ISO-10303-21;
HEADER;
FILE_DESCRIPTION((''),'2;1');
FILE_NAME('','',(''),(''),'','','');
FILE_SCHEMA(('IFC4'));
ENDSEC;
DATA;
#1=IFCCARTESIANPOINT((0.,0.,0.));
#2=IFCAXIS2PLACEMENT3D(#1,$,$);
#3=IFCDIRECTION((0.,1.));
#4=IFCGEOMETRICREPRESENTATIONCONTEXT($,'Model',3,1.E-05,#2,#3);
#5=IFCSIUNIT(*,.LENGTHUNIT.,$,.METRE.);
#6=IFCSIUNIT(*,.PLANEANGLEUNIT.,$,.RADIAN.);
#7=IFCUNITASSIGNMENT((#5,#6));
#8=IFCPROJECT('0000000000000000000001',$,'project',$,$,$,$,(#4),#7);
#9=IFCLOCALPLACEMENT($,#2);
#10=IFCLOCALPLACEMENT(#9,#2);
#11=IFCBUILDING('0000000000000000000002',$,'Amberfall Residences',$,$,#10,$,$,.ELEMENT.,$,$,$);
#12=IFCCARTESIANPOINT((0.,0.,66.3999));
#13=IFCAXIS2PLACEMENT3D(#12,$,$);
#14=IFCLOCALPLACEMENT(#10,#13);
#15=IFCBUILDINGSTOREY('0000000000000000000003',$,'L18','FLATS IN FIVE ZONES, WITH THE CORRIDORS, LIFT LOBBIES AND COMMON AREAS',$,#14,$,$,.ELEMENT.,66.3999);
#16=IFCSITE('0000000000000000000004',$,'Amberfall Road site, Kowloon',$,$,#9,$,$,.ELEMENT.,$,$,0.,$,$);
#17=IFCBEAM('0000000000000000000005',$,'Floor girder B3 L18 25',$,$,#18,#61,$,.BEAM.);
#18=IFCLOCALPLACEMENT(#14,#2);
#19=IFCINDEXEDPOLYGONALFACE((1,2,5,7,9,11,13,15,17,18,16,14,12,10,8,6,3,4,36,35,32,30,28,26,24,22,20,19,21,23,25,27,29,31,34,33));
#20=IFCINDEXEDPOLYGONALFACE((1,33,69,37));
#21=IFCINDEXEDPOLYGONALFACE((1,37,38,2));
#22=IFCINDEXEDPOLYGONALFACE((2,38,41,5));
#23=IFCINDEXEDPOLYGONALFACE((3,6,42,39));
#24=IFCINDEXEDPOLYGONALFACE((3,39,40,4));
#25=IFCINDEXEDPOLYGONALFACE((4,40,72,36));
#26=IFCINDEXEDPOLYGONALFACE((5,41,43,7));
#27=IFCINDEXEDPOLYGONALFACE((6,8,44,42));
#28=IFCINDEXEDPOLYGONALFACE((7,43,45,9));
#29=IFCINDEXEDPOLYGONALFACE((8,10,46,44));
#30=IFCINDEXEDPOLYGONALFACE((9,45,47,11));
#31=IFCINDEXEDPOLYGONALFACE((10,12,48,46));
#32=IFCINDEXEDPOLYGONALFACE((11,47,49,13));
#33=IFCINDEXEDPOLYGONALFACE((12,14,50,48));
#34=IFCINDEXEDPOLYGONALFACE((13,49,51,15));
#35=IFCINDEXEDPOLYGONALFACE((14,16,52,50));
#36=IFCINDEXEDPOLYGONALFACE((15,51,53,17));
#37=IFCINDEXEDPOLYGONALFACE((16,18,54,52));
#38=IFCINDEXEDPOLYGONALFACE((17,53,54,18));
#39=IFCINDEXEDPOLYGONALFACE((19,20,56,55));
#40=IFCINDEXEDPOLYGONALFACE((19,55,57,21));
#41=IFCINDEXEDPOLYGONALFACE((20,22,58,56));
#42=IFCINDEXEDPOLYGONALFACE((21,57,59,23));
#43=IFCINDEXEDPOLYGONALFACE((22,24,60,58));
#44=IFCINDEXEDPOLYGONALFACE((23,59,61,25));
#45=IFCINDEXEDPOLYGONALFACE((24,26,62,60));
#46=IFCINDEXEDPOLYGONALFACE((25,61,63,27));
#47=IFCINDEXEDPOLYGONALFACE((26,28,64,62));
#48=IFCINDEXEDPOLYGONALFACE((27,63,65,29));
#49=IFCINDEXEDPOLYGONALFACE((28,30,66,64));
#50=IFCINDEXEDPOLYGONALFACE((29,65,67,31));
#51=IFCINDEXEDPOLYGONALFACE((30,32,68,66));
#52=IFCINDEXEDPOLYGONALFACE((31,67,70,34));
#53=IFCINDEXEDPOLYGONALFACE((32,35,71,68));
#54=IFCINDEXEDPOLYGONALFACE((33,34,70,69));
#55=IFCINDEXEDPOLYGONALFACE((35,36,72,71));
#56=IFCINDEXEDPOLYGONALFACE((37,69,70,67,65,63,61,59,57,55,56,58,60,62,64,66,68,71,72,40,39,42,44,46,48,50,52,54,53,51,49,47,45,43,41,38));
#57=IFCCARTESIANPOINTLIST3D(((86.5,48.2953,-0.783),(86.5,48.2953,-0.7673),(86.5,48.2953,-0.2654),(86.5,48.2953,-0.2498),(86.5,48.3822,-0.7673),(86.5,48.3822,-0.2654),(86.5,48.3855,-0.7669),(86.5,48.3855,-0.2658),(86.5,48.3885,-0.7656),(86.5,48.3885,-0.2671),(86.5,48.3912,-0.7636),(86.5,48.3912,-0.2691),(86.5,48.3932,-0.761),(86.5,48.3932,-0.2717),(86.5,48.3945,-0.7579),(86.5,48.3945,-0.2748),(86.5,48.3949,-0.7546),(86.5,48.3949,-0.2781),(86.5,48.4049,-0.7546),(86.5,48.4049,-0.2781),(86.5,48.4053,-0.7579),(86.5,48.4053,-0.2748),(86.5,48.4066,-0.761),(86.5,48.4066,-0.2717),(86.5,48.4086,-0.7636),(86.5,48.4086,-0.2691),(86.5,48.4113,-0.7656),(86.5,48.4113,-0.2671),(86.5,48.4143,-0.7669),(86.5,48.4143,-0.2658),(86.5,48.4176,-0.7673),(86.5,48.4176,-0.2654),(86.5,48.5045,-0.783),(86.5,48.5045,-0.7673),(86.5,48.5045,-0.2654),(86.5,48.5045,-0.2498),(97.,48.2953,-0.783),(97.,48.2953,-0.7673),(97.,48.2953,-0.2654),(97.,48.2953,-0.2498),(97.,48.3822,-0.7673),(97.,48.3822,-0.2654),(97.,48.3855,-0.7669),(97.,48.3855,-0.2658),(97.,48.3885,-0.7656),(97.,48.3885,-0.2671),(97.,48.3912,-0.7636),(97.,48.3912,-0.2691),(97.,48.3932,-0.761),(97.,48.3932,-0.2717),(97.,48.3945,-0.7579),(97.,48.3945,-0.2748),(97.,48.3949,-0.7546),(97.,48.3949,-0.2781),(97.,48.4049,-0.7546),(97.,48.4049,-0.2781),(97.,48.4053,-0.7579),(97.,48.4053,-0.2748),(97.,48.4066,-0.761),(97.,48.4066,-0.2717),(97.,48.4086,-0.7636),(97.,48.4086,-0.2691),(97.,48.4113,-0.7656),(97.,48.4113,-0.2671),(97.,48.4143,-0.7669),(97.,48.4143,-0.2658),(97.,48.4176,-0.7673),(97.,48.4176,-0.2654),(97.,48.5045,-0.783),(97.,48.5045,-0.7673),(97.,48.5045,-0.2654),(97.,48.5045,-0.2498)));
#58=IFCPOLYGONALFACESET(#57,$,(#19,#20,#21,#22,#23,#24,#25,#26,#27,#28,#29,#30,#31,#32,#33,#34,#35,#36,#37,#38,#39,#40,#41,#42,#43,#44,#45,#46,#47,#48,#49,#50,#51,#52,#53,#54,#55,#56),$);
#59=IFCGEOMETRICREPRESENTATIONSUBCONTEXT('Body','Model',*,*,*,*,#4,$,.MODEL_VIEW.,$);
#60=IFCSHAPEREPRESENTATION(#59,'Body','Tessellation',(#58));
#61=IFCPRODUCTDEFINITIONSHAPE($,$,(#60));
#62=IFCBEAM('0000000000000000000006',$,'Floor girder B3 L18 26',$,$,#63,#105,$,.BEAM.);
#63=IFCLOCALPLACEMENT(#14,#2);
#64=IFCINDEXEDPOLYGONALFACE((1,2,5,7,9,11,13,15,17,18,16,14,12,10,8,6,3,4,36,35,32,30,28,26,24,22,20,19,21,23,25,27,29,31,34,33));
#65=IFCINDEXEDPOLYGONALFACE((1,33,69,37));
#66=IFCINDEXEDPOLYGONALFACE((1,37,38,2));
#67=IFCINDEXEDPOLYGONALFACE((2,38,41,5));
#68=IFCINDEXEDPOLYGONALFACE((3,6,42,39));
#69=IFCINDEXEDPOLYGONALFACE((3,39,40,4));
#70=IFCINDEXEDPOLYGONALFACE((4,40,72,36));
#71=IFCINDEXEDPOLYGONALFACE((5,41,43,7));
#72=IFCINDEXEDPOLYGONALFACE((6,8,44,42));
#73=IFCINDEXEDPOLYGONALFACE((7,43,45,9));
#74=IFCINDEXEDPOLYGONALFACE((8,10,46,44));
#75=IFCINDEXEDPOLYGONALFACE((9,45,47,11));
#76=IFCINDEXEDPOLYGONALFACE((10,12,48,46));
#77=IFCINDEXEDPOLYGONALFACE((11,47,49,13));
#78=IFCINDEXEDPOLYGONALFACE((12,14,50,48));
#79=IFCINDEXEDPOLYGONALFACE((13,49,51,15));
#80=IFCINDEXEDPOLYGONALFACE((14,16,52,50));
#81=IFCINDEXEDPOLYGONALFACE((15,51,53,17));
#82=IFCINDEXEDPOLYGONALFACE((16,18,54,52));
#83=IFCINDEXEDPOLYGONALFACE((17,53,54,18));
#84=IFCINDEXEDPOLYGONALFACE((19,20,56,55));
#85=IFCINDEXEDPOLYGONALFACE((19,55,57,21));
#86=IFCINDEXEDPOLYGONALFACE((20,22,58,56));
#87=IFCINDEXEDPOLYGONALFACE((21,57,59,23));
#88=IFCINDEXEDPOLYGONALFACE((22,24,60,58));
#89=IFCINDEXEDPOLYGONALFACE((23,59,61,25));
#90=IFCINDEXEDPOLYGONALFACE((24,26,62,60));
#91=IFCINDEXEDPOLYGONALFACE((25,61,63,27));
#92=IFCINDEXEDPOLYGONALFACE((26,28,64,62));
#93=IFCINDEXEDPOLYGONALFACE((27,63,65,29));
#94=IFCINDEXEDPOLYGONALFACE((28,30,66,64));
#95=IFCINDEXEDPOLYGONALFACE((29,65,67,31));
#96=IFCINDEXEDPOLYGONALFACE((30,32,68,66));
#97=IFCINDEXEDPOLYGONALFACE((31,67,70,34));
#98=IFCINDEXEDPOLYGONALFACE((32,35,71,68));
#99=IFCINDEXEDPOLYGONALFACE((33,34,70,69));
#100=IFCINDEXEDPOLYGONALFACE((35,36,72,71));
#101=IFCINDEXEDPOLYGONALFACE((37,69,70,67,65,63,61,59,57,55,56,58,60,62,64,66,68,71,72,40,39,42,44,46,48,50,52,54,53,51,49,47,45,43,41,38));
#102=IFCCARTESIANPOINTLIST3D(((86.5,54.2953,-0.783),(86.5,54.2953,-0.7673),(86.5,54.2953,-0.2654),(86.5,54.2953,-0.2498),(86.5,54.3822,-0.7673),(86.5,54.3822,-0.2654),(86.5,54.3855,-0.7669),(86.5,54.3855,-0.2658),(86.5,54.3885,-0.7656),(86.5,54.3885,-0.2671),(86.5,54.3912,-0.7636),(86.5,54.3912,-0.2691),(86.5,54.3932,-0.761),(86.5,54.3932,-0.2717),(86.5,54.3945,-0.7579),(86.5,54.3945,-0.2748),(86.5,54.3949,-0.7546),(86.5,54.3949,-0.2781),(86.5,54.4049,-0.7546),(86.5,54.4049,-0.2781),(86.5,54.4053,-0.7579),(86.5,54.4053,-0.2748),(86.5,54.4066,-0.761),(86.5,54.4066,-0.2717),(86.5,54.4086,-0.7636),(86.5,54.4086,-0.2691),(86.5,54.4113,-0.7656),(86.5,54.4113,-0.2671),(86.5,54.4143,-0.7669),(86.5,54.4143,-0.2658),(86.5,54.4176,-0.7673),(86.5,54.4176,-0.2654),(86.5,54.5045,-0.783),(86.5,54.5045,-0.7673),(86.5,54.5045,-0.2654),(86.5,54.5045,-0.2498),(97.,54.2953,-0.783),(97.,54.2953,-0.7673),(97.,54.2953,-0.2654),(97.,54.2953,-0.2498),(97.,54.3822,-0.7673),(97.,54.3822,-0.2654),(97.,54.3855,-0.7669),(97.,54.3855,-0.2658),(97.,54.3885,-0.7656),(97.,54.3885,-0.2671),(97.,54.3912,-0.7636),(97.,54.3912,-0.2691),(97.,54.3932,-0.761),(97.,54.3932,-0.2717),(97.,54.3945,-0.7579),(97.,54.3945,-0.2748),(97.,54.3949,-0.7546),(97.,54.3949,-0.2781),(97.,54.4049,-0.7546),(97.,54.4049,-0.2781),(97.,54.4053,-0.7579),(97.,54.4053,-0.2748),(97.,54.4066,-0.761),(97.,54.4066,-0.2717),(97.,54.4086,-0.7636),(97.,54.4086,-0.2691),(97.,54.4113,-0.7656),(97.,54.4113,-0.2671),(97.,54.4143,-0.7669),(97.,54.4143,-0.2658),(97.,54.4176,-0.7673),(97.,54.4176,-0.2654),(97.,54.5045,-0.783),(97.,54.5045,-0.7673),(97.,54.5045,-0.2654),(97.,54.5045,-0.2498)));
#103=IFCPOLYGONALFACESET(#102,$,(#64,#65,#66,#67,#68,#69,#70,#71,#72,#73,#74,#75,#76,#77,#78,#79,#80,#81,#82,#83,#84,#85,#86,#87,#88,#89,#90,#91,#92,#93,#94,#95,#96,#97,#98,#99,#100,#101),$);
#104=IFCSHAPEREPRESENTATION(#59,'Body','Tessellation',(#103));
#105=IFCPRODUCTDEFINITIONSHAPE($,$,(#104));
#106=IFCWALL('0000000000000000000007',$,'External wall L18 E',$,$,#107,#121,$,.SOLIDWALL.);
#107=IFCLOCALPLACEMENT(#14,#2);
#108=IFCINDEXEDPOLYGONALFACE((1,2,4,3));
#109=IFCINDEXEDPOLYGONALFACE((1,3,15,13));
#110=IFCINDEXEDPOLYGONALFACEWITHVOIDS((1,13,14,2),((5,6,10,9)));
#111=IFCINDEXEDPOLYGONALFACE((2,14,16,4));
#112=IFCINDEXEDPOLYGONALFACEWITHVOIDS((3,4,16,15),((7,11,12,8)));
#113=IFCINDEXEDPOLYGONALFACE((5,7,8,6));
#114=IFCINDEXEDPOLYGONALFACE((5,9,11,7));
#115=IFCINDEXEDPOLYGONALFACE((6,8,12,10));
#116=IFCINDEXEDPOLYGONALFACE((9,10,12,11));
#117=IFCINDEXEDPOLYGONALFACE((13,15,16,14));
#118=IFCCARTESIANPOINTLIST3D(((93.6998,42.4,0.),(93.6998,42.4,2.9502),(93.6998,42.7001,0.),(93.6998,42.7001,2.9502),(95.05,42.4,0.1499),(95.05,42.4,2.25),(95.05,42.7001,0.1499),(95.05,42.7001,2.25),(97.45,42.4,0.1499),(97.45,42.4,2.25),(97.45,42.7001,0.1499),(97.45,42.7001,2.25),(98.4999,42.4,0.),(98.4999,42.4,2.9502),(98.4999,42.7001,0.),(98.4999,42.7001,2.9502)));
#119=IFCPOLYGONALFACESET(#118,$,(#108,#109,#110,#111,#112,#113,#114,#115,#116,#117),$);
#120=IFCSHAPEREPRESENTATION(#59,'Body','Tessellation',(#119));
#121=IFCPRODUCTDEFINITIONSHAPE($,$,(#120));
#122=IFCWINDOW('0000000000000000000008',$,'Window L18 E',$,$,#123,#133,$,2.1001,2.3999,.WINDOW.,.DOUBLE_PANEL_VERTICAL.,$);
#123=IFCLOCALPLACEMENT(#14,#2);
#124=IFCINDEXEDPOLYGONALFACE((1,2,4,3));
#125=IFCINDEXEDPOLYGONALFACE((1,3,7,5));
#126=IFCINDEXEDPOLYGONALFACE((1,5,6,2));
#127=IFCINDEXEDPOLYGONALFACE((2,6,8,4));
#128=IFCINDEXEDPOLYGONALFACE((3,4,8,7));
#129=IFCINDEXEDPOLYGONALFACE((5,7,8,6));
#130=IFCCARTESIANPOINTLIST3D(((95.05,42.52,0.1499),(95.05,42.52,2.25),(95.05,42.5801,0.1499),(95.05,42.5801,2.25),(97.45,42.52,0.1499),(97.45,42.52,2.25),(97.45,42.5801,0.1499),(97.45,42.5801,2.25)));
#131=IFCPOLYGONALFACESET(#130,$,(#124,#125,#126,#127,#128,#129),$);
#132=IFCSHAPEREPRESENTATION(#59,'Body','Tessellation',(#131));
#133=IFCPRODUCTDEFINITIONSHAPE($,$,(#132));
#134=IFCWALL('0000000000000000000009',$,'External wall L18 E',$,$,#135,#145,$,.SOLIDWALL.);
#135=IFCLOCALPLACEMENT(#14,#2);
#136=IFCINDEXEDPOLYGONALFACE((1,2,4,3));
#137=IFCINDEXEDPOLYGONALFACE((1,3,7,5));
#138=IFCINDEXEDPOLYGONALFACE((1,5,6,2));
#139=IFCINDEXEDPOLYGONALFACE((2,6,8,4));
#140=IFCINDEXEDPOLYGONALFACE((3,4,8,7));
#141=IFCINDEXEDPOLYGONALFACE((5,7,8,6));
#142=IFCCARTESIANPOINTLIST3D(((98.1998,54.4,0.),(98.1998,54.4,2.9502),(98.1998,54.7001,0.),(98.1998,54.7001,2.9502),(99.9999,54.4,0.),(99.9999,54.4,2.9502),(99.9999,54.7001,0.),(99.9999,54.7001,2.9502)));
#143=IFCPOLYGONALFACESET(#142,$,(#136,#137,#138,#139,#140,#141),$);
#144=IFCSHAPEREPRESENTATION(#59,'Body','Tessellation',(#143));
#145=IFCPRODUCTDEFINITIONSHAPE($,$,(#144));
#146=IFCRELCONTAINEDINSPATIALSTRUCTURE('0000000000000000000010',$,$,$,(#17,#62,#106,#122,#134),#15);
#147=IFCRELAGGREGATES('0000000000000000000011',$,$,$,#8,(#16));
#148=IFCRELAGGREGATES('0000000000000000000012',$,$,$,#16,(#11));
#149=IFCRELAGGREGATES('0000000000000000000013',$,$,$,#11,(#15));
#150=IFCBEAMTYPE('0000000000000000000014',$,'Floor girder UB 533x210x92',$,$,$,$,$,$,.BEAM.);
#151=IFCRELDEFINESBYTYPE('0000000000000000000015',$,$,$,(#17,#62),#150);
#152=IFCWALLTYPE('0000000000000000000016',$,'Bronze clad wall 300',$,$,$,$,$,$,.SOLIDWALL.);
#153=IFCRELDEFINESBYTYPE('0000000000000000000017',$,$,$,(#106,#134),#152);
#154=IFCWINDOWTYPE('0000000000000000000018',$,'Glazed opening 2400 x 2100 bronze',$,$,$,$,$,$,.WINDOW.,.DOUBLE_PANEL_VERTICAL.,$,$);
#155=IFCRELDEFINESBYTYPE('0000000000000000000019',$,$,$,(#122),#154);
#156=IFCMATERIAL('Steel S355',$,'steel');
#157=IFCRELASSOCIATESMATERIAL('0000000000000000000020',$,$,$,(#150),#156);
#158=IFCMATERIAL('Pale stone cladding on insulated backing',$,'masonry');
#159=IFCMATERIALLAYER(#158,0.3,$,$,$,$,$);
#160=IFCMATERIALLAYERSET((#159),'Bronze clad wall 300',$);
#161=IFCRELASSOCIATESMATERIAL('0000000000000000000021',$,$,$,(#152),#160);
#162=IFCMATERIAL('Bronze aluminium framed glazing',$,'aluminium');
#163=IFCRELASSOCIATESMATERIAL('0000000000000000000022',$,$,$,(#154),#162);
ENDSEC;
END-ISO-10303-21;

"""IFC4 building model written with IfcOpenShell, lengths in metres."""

from ifc_helpers import new_model, si_unit, direction, frame, frame_2d, origin, origin_2d, place, context, subcontext, project, spatial, rectangle, i_section, extrude, material, layer, layer_set, material_profile, profile_set, type_object, element, fill, save


model = new_model("IFC4")

# Units and contexts
model_context = context("Model", 3, precision=1e-05, world=origin(), true_north=direction((0.0, 1.0)))
body_context = subcontext(model_context, "Body", "Model", "MODEL_VIEW")
ifc_project = project(units=[si_unit("LENGTHUNIT", "METRE"), si_unit("PLANEANGLEUNIT", "RADIAN")], contexts=[model_context])

# Site, building, storey
site_placement = place(None, origin())
site = spatial("IfcSite", under=ifc_project, at=site_placement, Name="Amberfall Road site, Kowloon", CompositionType="ELEMENT", RefElevation=0.0)
building_placement = place(site_placement, origin())
building = spatial("IfcBuilding", under=site, at=building_placement, Name="Amberfall Residences", CompositionType="ELEMENT")
storey_placement = place(building_placement, frame((0.0, 0.0, 66.3999)))
storey = spatial("IfcBuildingStorey", under=building, at=storey_placement, Name="L18", Description="FLATS IN FIVE ZONES, WITH THE CORRIDORS, LIFT LOBBIES AND COMMON AREAS", CompositionType="ELEMENT", Elevation=66.3999)

# Shared definitions
ifc_material_1 = material(Name="Steel S355", Category="steel")

# Beams
ifc_material_profile_1 = material_profile(ifc_material_1, i_section(OverallWidth=0.2092, OverallDepth=0.5332, WebThickness=0.01, FlangeThickness=0.0156, FilletRadius=0.0127, at=origin_2d()), Name="UB 533x210x92")
ifc_profile_set_1 = profile_set([ifc_material_profile_1], Name="Steel S355")
beam_type_1 = type_object("IfcBeamType", Name="Floor girder UB 533x210x92", PredefinedType="BEAM", material=ifc_profile_set_1)
for number, where, z_axis, x_axis, name in (
    (1, (97.0, 48.3999, -0.5164), (-1.0, 0.0, 0.0), (0.0, -1.0, 0.0), "Floor girder B3 L18 25"),
    (2, (97.0, 54.3999, -0.5164), (-1.0, 0.0, 0.0), (0.0, -1.0, 0.0), "Floor girder B3 L18 26"),
):
    element("IfcBeam", number, at=place(storey_placement, frame(where, z_axis=z_axis, x_axis=x_axis)), inside=storey, type_object=beam_type_1, Name=name, PredefinedType="BEAM", context=body_context, shape_type="SweptSolid", body=[
        extrude(i_section(OverallWidth=0.2092, OverallDepth=0.5332, WebThickness=0.01, FlangeThickness=0.0156, FilletRadius=0.0127, at=origin_2d()), origin(), (0.0, 0.0, 1.0), 10.5),
    ])

# Wall, opening, window
ifc_material_2 = material(Name="Pale stone cladding on insulated backing", Category="masonry")
ifc_layer_1 = layer(ifc_material_2, 0.3)
ifc_layer_set_1 = layer_set([ifc_layer_1], Name="Bronze clad wall 300")
wall_type_1 = type_object("IfcWallType", Name="Bronze clad wall 300", PredefinedType="SOLIDWALL", material=ifc_layer_set_1)
wall_1_placement = place(storey_placement, frame((93.7, 42.55, 0.0), z_axis=(0.0, 0.0, 1.0), x_axis=(1.0, 0.0, 0.0)))
wall_1 = element("IfcWall", 3, at=wall_1_placement, inside=storey, type_object=wall_type_1, Name="External wall L18 E", PredefinedType="SOLIDWALL", context=body_context, shape_type="SweptSolid", body=[
    extrude(rectangle(XDim=4.8, YDim=0.3, at=frame_2d((2.3999, 0.0))), origin(), (0.0, 0.0, 1.0), 2.9502),
])
opening_1_placement = place(wall_1_placement, frame((1.3501, 0.0, 0.1499)))
opening_1 = element("IfcOpeningElement", 4, at=opening_1_placement, cuts=wall_1, PredefinedType="OPENING", context=body_context, shape_type="SweptSolid", body=[
    extrude(rectangle(XDim=2.3999, YDim=2.1001, at=frame_2d((1.2, 1.05))), frame((0.0, 0.1599, 0.0), z_axis=(0.0, -1.0, 0.0), x_axis=(1.0, 0.0, 0.0)), (0.0, 0.0, 1.0), 0.3201),
])
ifc_material_3 = material(Name="Bronze aluminium framed glazing", Category="aluminium")
window_type_1 = type_object("IfcWindowType", Name="Glazed opening 2400 x 2100 bronze", PartitioningType="DOUBLE_PANEL_VERTICAL", PredefinedType="WINDOW", material=ifc_material_3)
window_1_placement = place(opening_1_placement, origin())
window_1 = element("IfcWindow", 5, at=window_1_placement, inside=storey, type_object=window_type_1, Name="Window L18 E", OverallHeight=2.1001, OverallWidth=2.3999, PartitioningType="DOUBLE_PANEL_VERTICAL", PredefinedType="WINDOW", context=body_context, shape_type="SweptSolid", body=[
    extrude(rectangle(XDim=2.3999, YDim=2.1001, at=frame_2d((1.2, 1.05))), frame((0.0, 0.03, 0.0), z_axis=(0.0, -1.0, 0.0), x_axis=(1.0, 0.0, 0.0)), (0.0, 0.0, 1.0), 0.0601),
])
fill(opening_1, window_1)

# Wall
wall_2_placement = place(storey_placement, frame((98.2, 54.55, 0.0), z_axis=(0.0, 0.0, 1.0), x_axis=(1.0, 0.0, 0.0)))
element("IfcWall", 6, at=wall_2_placement, inside=storey, type_object=wall_type_1, Name="External wall L18 E", PredefinedType="SOLIDWALL", context=body_context, shape_type="SweptSolid", body=[
    extrude(rectangle(XDim=1.8, YDim=0.3, at=frame_2d((0.8999, 0.0))), origin(), (0.0, 0.0, 1.0), 2.9502),
])

save(model, "model.ifc")
